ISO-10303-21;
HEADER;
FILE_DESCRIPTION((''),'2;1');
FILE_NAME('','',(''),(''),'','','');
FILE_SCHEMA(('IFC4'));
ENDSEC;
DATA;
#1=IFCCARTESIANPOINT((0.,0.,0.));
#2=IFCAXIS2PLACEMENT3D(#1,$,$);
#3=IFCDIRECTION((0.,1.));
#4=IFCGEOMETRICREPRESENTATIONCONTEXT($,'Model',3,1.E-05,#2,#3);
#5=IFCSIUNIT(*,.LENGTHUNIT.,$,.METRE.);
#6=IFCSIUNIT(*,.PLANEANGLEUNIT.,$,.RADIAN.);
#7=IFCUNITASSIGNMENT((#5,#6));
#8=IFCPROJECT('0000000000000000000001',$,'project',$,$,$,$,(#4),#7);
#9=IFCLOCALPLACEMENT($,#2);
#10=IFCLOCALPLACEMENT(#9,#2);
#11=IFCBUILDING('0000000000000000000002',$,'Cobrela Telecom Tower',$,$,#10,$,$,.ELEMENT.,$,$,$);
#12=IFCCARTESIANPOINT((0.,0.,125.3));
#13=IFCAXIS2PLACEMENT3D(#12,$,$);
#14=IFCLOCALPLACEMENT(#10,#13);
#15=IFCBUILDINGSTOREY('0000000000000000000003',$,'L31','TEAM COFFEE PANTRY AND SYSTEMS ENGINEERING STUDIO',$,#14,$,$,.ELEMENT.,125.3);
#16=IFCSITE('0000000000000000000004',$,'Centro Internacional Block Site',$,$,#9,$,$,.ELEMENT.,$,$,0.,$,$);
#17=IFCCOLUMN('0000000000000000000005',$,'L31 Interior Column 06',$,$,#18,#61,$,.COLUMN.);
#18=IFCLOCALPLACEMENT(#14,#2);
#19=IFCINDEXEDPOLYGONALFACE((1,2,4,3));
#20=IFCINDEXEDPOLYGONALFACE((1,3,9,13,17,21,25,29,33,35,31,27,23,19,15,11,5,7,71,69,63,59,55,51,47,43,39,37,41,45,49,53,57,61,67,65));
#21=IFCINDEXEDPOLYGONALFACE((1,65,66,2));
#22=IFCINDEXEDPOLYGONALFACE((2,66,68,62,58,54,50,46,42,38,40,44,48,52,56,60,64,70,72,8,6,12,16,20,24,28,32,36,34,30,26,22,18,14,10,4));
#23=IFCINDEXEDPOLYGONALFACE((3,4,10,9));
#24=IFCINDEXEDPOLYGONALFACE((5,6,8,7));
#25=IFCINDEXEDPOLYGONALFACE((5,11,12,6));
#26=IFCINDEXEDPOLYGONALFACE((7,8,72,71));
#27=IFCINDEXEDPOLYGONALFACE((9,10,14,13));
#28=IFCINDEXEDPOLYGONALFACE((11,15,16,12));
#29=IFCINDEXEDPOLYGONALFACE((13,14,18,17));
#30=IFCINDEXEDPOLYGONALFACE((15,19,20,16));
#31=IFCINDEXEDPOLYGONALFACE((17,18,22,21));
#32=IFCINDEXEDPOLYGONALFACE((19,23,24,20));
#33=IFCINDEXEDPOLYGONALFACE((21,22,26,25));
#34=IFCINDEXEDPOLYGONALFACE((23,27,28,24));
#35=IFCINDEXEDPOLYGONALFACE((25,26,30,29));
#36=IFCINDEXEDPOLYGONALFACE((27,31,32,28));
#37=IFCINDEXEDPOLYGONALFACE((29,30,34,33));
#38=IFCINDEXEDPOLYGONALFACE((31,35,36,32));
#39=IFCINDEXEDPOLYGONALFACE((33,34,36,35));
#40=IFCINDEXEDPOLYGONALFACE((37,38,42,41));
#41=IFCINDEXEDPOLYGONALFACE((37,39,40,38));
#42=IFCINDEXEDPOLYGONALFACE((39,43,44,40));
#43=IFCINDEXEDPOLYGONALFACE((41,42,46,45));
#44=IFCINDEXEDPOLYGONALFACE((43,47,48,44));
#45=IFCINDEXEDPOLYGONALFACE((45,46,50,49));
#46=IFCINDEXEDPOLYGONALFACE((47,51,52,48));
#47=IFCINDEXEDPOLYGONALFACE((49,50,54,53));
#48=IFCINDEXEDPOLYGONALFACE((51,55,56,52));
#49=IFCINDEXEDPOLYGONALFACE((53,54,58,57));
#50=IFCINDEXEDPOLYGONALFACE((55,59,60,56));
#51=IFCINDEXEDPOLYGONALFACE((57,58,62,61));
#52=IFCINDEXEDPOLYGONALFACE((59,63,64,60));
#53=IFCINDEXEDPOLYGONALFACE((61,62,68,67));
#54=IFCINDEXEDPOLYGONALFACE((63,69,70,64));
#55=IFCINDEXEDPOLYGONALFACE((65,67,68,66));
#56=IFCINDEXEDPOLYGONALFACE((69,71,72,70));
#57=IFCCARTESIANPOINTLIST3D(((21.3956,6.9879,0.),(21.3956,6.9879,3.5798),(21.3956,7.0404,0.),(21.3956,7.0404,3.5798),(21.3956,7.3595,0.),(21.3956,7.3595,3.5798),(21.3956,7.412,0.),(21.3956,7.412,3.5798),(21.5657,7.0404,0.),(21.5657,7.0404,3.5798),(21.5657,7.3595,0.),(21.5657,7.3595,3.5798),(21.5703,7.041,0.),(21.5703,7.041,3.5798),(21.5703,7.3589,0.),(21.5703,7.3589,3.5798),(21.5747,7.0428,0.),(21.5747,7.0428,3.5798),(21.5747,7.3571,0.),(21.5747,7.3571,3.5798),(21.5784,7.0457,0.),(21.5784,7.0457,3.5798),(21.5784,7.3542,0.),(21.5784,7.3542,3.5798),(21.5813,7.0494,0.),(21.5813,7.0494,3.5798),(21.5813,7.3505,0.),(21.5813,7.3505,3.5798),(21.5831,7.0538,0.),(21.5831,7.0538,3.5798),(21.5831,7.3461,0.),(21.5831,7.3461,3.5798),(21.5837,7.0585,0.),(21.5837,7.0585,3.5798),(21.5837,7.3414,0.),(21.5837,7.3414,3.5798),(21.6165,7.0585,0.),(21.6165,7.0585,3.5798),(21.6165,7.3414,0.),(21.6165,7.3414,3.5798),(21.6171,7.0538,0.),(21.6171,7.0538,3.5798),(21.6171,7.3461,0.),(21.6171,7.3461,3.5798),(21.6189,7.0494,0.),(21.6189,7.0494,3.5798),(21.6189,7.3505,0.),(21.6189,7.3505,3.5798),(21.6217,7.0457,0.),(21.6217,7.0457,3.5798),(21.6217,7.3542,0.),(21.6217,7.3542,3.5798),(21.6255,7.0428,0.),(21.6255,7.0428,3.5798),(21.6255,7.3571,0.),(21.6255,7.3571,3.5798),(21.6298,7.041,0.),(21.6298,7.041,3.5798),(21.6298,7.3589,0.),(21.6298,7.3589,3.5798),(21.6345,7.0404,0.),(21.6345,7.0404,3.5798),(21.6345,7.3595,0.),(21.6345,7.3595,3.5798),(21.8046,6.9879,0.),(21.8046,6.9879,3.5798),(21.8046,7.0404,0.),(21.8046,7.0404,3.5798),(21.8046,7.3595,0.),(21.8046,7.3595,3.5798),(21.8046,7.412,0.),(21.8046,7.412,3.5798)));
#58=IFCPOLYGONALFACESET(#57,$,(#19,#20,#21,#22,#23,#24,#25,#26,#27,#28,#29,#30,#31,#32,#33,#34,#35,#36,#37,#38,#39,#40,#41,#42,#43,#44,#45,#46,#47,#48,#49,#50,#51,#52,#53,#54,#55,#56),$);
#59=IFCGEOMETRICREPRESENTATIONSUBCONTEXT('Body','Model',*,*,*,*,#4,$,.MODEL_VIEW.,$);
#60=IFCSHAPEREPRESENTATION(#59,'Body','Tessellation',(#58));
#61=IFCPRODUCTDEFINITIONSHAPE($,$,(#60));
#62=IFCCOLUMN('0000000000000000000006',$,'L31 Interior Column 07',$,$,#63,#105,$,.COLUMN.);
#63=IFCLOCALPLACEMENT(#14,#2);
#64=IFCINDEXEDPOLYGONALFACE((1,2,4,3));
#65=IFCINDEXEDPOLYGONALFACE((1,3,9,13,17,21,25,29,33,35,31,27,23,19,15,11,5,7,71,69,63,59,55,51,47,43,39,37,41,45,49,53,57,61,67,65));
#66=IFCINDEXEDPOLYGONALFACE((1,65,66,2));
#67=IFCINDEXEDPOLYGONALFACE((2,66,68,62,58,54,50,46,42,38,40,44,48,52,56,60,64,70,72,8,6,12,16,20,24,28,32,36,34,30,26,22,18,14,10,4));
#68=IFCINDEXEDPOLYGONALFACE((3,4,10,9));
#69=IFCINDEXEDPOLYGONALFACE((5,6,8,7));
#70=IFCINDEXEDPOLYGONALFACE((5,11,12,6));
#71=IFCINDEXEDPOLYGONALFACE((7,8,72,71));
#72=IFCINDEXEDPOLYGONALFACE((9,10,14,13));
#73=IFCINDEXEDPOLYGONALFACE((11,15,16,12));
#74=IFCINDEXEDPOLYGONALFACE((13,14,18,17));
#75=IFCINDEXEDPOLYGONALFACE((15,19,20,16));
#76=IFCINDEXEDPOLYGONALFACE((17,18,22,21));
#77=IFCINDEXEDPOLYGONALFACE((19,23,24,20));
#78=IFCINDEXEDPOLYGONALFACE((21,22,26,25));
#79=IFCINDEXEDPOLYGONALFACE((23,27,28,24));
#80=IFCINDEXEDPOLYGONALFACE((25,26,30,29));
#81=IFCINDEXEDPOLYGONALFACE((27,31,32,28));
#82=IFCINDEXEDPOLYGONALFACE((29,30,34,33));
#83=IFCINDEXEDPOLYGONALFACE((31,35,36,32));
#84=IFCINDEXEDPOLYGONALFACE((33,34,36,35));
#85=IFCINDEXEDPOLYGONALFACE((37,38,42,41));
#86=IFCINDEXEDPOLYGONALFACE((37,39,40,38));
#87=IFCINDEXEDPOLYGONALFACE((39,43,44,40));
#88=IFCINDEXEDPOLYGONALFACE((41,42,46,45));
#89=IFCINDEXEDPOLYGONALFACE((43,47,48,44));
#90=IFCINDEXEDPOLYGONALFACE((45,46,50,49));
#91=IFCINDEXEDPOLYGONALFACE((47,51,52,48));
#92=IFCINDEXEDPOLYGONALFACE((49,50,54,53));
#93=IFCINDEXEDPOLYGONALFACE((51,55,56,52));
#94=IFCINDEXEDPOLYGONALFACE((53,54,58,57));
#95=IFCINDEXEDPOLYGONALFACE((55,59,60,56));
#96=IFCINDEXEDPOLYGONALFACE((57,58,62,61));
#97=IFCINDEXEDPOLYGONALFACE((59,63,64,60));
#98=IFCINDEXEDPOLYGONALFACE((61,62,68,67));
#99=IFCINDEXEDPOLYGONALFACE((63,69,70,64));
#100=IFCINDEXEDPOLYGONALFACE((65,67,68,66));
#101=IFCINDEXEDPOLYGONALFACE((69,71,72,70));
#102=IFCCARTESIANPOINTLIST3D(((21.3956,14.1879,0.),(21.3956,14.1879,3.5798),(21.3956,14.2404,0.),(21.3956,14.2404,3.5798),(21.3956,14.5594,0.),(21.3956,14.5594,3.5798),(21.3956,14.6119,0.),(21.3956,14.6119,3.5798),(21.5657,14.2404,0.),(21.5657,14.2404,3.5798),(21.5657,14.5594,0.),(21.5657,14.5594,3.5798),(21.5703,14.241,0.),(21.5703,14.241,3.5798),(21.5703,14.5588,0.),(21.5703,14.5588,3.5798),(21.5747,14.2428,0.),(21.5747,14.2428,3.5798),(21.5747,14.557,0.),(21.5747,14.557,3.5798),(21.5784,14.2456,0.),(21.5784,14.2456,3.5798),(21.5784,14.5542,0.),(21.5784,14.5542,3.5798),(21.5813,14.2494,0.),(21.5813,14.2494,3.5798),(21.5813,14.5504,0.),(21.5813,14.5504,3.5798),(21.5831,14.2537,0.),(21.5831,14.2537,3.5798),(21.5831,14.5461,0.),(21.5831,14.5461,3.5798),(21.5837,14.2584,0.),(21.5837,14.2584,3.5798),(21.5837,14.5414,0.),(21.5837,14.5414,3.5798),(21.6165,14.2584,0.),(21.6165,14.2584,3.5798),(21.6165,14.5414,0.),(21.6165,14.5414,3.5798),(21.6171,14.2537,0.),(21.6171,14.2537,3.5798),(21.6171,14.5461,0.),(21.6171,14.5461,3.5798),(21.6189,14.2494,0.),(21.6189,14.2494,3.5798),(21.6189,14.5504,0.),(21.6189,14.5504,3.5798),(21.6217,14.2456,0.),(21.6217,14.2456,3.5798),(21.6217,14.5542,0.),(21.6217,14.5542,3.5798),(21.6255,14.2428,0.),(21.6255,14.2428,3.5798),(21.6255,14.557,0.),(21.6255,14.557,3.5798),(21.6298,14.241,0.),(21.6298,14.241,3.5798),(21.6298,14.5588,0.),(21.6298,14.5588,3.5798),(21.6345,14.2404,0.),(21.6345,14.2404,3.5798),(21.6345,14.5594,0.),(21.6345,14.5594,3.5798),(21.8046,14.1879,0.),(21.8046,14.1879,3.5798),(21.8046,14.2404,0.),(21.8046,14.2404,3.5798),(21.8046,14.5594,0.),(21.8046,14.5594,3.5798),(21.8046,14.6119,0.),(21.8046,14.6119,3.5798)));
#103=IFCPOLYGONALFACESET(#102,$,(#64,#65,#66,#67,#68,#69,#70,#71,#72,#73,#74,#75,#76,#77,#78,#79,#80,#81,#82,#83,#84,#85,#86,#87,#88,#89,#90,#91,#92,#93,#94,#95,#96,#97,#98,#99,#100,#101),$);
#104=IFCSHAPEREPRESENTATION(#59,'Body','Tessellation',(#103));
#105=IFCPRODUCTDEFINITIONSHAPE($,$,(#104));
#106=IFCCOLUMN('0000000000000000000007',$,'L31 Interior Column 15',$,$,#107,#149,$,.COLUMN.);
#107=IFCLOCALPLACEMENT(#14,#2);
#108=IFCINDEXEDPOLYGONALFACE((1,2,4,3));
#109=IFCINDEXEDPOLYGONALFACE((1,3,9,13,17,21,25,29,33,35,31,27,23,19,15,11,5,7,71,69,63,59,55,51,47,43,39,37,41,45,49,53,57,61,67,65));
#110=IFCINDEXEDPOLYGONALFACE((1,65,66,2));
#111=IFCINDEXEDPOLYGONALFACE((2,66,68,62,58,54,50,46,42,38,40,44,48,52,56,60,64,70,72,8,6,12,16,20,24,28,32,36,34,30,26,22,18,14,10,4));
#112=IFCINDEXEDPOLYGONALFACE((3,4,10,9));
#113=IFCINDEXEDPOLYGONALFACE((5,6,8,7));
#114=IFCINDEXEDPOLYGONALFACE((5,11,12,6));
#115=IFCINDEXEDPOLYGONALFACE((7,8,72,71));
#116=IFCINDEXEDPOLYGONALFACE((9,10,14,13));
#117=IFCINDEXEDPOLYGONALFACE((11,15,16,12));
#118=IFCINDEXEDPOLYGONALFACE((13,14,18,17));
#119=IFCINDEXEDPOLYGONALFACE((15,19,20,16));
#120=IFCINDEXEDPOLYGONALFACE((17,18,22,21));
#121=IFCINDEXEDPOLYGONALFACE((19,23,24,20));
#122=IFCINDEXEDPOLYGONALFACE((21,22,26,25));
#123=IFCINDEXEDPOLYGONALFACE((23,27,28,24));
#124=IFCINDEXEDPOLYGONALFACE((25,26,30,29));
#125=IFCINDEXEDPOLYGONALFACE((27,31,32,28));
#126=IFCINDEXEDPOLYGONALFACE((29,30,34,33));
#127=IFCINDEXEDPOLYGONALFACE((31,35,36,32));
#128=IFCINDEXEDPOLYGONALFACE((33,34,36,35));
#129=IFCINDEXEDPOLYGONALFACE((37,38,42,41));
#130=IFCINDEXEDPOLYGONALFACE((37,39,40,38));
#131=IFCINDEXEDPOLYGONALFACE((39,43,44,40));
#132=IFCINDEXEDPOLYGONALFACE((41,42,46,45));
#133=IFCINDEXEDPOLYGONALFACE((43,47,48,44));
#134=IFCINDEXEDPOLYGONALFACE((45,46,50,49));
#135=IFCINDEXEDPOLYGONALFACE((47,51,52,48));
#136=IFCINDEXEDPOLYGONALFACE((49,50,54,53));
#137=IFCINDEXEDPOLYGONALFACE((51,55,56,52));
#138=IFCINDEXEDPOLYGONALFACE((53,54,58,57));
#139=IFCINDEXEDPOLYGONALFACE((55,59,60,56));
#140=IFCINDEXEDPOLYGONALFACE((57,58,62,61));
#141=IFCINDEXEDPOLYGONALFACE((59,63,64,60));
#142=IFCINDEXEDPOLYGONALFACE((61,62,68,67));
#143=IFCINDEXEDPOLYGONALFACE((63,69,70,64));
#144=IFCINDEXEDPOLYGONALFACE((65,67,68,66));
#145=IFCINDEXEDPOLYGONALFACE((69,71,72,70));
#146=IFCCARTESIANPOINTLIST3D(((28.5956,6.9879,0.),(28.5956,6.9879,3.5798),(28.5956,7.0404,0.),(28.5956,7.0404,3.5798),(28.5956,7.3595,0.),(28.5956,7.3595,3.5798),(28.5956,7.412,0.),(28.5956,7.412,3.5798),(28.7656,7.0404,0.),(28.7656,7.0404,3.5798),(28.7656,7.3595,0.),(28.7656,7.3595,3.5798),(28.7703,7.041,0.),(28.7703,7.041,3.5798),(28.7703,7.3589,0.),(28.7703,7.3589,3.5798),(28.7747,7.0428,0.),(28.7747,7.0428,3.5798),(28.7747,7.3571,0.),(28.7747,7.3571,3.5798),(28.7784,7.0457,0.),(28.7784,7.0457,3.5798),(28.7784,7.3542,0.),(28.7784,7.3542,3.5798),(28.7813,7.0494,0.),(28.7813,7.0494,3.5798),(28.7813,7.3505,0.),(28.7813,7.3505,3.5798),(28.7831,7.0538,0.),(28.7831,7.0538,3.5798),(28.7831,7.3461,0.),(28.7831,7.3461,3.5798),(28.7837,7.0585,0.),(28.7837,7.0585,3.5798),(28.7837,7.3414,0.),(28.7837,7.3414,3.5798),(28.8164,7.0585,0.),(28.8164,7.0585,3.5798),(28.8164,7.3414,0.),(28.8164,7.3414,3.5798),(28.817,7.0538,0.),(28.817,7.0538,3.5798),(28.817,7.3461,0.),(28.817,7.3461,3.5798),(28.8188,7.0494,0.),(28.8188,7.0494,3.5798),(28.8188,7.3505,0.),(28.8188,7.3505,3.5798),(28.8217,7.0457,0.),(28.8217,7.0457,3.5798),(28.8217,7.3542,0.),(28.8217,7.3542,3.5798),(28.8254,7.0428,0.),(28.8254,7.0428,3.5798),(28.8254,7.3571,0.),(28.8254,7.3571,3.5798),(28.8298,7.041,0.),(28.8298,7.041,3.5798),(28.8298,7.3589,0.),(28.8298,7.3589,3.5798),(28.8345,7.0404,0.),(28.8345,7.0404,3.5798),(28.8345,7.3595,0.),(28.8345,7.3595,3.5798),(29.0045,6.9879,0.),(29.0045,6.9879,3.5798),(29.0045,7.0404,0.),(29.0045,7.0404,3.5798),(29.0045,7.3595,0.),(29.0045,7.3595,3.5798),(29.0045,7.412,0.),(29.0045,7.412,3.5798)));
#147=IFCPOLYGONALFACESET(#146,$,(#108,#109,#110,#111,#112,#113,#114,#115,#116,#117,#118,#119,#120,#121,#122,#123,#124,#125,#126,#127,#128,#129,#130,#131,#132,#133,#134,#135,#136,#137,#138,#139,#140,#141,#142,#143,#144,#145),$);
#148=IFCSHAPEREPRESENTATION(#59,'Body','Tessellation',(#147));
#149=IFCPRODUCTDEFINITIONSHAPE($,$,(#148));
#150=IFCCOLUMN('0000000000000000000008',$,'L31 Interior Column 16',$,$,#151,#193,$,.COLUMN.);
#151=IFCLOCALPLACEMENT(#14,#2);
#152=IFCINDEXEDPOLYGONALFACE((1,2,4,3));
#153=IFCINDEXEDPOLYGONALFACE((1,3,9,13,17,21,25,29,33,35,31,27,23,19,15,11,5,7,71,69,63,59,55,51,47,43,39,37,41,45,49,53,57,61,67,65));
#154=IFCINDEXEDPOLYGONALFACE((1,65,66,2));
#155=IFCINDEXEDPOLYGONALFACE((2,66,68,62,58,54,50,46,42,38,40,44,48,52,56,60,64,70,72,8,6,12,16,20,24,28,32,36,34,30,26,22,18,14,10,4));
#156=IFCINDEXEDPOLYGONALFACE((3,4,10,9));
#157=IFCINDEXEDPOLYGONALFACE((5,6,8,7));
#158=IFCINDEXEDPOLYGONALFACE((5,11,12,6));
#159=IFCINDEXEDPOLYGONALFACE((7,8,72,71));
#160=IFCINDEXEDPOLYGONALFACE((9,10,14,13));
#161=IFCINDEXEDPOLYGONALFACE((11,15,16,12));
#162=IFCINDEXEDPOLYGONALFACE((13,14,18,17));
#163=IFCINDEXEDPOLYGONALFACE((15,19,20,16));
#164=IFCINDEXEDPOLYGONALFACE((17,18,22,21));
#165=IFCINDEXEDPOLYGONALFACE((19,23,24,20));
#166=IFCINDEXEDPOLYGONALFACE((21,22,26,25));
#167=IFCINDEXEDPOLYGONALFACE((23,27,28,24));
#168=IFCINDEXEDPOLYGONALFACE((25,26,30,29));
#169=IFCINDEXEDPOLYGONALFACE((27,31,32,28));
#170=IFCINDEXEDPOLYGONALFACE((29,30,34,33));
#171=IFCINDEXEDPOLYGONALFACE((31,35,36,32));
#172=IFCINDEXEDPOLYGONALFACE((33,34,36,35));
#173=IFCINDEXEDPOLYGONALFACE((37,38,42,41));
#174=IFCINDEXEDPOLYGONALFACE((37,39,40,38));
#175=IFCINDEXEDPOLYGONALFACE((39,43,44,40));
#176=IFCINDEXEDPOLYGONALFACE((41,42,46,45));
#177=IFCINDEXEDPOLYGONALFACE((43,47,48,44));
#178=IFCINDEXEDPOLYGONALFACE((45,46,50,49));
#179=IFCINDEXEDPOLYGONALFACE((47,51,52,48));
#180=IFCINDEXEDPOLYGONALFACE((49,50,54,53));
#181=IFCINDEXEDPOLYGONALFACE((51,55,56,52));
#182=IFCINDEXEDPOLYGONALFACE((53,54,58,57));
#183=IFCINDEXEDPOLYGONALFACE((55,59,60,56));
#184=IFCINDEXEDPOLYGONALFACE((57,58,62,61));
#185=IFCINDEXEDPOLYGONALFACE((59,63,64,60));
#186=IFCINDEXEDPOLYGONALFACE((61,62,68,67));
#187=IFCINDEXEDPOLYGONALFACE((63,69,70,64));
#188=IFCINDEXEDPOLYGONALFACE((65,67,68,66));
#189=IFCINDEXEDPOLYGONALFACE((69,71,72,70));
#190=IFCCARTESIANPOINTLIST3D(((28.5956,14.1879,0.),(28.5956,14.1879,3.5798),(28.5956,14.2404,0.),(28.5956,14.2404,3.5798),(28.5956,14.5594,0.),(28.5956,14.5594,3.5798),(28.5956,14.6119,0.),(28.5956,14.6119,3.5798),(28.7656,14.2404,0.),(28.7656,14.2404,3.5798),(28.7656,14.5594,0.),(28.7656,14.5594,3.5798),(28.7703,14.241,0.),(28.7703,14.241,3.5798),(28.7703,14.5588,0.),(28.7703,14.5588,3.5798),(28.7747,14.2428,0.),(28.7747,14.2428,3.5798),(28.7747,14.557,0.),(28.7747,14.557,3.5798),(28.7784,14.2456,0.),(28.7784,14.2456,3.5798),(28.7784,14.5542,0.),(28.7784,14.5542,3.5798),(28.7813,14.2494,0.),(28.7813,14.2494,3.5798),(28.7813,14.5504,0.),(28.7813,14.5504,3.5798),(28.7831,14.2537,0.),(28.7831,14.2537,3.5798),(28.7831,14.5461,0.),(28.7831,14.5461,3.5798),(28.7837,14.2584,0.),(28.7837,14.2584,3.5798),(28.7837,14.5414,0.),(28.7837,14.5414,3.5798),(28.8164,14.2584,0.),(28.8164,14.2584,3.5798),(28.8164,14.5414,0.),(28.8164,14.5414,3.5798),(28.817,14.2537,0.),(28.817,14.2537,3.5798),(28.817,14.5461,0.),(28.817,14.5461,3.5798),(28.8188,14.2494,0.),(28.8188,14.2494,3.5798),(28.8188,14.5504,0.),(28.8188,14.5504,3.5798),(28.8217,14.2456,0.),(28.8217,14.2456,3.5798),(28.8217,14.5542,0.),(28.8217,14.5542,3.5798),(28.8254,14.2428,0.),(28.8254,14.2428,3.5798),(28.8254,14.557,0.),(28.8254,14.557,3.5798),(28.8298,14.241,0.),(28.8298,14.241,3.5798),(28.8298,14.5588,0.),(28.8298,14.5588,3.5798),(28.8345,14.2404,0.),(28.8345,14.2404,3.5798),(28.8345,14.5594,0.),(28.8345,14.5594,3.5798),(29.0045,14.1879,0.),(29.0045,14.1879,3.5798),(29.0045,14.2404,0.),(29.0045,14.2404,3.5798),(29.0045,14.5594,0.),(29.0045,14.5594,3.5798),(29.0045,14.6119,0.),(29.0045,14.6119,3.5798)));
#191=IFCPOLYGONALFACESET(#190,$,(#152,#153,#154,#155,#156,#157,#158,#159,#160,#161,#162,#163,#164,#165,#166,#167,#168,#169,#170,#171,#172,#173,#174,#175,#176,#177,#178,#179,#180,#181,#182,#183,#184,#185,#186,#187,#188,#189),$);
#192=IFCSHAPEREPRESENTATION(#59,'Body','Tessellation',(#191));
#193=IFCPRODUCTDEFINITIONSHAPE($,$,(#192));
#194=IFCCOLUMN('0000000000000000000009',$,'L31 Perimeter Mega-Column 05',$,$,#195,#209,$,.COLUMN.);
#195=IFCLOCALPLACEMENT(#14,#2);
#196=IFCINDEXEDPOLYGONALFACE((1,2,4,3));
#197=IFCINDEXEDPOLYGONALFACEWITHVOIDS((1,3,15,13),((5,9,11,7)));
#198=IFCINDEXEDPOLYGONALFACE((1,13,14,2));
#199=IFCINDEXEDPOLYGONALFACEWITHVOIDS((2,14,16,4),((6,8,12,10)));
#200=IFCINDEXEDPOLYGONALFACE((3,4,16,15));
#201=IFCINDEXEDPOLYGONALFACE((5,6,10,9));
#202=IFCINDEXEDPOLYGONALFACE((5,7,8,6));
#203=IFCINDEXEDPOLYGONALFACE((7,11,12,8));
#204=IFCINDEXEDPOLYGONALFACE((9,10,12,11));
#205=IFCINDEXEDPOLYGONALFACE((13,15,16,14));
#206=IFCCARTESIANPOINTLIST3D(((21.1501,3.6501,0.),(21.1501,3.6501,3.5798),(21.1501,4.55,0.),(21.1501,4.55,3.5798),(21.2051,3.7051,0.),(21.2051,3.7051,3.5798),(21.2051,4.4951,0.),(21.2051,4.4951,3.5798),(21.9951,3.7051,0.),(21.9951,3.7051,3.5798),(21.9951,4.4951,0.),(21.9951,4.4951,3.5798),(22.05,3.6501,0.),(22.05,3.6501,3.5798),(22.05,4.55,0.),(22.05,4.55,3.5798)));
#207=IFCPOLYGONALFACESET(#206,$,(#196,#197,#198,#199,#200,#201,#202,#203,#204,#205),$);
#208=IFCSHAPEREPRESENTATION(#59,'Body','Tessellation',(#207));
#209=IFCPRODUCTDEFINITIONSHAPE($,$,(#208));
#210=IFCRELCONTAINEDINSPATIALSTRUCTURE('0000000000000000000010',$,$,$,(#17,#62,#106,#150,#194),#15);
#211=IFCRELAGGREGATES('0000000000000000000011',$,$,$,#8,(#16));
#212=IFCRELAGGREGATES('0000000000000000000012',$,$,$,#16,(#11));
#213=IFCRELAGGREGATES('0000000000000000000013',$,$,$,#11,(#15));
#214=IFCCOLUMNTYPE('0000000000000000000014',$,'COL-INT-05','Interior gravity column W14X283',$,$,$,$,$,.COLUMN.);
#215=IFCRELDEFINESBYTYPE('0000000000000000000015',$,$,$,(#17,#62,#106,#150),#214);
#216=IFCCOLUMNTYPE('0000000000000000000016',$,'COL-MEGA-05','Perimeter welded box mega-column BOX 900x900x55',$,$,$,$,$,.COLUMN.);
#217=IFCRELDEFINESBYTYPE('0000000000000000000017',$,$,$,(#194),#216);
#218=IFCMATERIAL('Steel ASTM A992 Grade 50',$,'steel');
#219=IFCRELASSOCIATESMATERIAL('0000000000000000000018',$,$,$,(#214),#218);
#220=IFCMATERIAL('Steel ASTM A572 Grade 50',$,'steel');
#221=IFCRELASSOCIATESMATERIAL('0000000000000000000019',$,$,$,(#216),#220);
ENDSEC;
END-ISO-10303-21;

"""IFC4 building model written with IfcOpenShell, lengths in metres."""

from ifc_helpers import new_model, si_unit, direction, frame, origin, origin_2d, place, context, subcontext, project, spatial, hollow_rectangle, i_section, extrude, material, material_profile, profile_set, type_object, element, save


model = new_model("IFC4")

# Units and contexts
model_context = context("Model", 3, precision=1e-05, world=origin(), true_north=direction((0.0, 1.0)))
body_context = subcontext(model_context, "Body", "Model", "MODEL_VIEW")
ifc_project = project(units=[si_unit("LENGTHUNIT", "METRE"), si_unit("PLANEANGLEUNIT", "RADIAN")], contexts=[model_context])

# Site, building, storey
site_placement = place(None, origin())
site = spatial("IfcSite", under=ifc_project, at=site_placement, Name="Centro Internacional Block Site", CompositionType="ELEMENT", RefElevation=0.0)
building_placement = place(site_placement, origin())
building = spatial("IfcBuilding", under=site, at=building_placement, Name="Cobrela Telecom Tower", CompositionType="ELEMENT")
storey_placement = place(building_placement, frame((0.0, 0.0, 125.3)))
storey = spatial("IfcBuildingStorey", under=building, at=storey_placement, Name="L31", Description="TEAM COFFEE PANTRY AND SYSTEMS ENGINEERING STUDIO", CompositionType="ELEMENT", Elevation=125.3)

# Columns
ifc_material_1 = material(Name="Steel ASTM A992 Grade 50", Category="steel")
ifc_material_profile_1 = material_profile(ifc_material_1, i_section(OverallWidth=0.4089, OverallDepth=0.4241, WebThickness=0.0327, FlangeThickness=0.0525, FilletRadius=0.0181, at=origin_2d()), Name="W14X283")
ifc_profile_set_1 = profile_set([ifc_material_profile_1], Name="Steel ASTM A992 Grade 50")
column_type_1 = type_object("IfcColumnType", Name="COL-INT-05", Description="Interior gravity column W14X283", PredefinedType="COLUMN", material=ifc_profile_set_1)
for number, where, z_axis, x_axis, name in (
    (1, (21.6001, 7.2, 0.0), (0.0, 0.0, 1.0), (1.0, 0.0, 0.0), "L31 Interior Column 06"),
    (2, (21.6001, 14.3999, 0.0), (0.0, 0.0, 1.0), (1.0, 0.0, 0.0), "L31 Interior Column 07"),
    (3, (28.8, 7.2, 0.0), (0.0, 0.0, 1.0), (1.0, 0.0, 0.0), "L31 Interior Column 15"),
    (4, (28.8, 14.3999, 0.0), (0.0, 0.0, 1.0), (1.0, 0.0, 0.0), "L31 Interior Column 16"),
):
    element("IfcColumn", number, at=place(storey_placement, frame(where, z_axis=z_axis, x_axis=x_axis)), inside=storey, type_object=column_type_1, Name=name, PredefinedType="COLUMN", context=body_context, shape_type="SweptSolid", body=[
        extrude(i_section(OverallWidth=0.4089, OverallDepth=0.4241, WebThickness=0.0327, FlangeThickness=0.0525, FilletRadius=0.0181, at=origin_2d()), origin(), (0.0, 0.0, 1.0), 3.5798),
    ])
ifc_material_2 = material(Name="Steel ASTM A572 Grade 50", Category="steel")
ifc_material_profile_2 = material_profile(ifc_material_2, hollow_rectangle(XDim=0.8999, YDim=0.8999, WallThickness=0.0549, at=origin_2d()), Name="BOX 900x900x55")
ifc_profile_set_2 = profile_set([ifc_material_profile_2], Name="Steel ASTM A572 Grade 50")
column_type_2 = type_object("IfcColumnType", Name="COL-MEGA-05", Description="Perimeter welded box mega-column BOX 900x900x55", PredefinedType="COLUMN", material=ifc_profile_set_2)
for number, where, z_axis, x_axis, name in (
    (5, (21.6001, 4.1001, 0.0), (0.0, 0.0, 1.0), (1.0, 0.0, 0.0), "L31 Perimeter Mega-Column 05"),
):
    element("IfcColumn", number, at=place(storey_placement, frame(where, z_axis=z_axis, x_axis=x_axis)), inside=storey, type_object=column_type_2, Name=name, PredefinedType="COLUMN", context=body_context, shape_type="SweptSolid", body=[
        extrude(hollow_rectangle(XDim=0.8999, YDim=0.8999, WallThickness=0.0549, at=origin_2d()), origin(), (0.0, 0.0, 1.0), 3.5798),
    ])

save(model, "model.ifc")
